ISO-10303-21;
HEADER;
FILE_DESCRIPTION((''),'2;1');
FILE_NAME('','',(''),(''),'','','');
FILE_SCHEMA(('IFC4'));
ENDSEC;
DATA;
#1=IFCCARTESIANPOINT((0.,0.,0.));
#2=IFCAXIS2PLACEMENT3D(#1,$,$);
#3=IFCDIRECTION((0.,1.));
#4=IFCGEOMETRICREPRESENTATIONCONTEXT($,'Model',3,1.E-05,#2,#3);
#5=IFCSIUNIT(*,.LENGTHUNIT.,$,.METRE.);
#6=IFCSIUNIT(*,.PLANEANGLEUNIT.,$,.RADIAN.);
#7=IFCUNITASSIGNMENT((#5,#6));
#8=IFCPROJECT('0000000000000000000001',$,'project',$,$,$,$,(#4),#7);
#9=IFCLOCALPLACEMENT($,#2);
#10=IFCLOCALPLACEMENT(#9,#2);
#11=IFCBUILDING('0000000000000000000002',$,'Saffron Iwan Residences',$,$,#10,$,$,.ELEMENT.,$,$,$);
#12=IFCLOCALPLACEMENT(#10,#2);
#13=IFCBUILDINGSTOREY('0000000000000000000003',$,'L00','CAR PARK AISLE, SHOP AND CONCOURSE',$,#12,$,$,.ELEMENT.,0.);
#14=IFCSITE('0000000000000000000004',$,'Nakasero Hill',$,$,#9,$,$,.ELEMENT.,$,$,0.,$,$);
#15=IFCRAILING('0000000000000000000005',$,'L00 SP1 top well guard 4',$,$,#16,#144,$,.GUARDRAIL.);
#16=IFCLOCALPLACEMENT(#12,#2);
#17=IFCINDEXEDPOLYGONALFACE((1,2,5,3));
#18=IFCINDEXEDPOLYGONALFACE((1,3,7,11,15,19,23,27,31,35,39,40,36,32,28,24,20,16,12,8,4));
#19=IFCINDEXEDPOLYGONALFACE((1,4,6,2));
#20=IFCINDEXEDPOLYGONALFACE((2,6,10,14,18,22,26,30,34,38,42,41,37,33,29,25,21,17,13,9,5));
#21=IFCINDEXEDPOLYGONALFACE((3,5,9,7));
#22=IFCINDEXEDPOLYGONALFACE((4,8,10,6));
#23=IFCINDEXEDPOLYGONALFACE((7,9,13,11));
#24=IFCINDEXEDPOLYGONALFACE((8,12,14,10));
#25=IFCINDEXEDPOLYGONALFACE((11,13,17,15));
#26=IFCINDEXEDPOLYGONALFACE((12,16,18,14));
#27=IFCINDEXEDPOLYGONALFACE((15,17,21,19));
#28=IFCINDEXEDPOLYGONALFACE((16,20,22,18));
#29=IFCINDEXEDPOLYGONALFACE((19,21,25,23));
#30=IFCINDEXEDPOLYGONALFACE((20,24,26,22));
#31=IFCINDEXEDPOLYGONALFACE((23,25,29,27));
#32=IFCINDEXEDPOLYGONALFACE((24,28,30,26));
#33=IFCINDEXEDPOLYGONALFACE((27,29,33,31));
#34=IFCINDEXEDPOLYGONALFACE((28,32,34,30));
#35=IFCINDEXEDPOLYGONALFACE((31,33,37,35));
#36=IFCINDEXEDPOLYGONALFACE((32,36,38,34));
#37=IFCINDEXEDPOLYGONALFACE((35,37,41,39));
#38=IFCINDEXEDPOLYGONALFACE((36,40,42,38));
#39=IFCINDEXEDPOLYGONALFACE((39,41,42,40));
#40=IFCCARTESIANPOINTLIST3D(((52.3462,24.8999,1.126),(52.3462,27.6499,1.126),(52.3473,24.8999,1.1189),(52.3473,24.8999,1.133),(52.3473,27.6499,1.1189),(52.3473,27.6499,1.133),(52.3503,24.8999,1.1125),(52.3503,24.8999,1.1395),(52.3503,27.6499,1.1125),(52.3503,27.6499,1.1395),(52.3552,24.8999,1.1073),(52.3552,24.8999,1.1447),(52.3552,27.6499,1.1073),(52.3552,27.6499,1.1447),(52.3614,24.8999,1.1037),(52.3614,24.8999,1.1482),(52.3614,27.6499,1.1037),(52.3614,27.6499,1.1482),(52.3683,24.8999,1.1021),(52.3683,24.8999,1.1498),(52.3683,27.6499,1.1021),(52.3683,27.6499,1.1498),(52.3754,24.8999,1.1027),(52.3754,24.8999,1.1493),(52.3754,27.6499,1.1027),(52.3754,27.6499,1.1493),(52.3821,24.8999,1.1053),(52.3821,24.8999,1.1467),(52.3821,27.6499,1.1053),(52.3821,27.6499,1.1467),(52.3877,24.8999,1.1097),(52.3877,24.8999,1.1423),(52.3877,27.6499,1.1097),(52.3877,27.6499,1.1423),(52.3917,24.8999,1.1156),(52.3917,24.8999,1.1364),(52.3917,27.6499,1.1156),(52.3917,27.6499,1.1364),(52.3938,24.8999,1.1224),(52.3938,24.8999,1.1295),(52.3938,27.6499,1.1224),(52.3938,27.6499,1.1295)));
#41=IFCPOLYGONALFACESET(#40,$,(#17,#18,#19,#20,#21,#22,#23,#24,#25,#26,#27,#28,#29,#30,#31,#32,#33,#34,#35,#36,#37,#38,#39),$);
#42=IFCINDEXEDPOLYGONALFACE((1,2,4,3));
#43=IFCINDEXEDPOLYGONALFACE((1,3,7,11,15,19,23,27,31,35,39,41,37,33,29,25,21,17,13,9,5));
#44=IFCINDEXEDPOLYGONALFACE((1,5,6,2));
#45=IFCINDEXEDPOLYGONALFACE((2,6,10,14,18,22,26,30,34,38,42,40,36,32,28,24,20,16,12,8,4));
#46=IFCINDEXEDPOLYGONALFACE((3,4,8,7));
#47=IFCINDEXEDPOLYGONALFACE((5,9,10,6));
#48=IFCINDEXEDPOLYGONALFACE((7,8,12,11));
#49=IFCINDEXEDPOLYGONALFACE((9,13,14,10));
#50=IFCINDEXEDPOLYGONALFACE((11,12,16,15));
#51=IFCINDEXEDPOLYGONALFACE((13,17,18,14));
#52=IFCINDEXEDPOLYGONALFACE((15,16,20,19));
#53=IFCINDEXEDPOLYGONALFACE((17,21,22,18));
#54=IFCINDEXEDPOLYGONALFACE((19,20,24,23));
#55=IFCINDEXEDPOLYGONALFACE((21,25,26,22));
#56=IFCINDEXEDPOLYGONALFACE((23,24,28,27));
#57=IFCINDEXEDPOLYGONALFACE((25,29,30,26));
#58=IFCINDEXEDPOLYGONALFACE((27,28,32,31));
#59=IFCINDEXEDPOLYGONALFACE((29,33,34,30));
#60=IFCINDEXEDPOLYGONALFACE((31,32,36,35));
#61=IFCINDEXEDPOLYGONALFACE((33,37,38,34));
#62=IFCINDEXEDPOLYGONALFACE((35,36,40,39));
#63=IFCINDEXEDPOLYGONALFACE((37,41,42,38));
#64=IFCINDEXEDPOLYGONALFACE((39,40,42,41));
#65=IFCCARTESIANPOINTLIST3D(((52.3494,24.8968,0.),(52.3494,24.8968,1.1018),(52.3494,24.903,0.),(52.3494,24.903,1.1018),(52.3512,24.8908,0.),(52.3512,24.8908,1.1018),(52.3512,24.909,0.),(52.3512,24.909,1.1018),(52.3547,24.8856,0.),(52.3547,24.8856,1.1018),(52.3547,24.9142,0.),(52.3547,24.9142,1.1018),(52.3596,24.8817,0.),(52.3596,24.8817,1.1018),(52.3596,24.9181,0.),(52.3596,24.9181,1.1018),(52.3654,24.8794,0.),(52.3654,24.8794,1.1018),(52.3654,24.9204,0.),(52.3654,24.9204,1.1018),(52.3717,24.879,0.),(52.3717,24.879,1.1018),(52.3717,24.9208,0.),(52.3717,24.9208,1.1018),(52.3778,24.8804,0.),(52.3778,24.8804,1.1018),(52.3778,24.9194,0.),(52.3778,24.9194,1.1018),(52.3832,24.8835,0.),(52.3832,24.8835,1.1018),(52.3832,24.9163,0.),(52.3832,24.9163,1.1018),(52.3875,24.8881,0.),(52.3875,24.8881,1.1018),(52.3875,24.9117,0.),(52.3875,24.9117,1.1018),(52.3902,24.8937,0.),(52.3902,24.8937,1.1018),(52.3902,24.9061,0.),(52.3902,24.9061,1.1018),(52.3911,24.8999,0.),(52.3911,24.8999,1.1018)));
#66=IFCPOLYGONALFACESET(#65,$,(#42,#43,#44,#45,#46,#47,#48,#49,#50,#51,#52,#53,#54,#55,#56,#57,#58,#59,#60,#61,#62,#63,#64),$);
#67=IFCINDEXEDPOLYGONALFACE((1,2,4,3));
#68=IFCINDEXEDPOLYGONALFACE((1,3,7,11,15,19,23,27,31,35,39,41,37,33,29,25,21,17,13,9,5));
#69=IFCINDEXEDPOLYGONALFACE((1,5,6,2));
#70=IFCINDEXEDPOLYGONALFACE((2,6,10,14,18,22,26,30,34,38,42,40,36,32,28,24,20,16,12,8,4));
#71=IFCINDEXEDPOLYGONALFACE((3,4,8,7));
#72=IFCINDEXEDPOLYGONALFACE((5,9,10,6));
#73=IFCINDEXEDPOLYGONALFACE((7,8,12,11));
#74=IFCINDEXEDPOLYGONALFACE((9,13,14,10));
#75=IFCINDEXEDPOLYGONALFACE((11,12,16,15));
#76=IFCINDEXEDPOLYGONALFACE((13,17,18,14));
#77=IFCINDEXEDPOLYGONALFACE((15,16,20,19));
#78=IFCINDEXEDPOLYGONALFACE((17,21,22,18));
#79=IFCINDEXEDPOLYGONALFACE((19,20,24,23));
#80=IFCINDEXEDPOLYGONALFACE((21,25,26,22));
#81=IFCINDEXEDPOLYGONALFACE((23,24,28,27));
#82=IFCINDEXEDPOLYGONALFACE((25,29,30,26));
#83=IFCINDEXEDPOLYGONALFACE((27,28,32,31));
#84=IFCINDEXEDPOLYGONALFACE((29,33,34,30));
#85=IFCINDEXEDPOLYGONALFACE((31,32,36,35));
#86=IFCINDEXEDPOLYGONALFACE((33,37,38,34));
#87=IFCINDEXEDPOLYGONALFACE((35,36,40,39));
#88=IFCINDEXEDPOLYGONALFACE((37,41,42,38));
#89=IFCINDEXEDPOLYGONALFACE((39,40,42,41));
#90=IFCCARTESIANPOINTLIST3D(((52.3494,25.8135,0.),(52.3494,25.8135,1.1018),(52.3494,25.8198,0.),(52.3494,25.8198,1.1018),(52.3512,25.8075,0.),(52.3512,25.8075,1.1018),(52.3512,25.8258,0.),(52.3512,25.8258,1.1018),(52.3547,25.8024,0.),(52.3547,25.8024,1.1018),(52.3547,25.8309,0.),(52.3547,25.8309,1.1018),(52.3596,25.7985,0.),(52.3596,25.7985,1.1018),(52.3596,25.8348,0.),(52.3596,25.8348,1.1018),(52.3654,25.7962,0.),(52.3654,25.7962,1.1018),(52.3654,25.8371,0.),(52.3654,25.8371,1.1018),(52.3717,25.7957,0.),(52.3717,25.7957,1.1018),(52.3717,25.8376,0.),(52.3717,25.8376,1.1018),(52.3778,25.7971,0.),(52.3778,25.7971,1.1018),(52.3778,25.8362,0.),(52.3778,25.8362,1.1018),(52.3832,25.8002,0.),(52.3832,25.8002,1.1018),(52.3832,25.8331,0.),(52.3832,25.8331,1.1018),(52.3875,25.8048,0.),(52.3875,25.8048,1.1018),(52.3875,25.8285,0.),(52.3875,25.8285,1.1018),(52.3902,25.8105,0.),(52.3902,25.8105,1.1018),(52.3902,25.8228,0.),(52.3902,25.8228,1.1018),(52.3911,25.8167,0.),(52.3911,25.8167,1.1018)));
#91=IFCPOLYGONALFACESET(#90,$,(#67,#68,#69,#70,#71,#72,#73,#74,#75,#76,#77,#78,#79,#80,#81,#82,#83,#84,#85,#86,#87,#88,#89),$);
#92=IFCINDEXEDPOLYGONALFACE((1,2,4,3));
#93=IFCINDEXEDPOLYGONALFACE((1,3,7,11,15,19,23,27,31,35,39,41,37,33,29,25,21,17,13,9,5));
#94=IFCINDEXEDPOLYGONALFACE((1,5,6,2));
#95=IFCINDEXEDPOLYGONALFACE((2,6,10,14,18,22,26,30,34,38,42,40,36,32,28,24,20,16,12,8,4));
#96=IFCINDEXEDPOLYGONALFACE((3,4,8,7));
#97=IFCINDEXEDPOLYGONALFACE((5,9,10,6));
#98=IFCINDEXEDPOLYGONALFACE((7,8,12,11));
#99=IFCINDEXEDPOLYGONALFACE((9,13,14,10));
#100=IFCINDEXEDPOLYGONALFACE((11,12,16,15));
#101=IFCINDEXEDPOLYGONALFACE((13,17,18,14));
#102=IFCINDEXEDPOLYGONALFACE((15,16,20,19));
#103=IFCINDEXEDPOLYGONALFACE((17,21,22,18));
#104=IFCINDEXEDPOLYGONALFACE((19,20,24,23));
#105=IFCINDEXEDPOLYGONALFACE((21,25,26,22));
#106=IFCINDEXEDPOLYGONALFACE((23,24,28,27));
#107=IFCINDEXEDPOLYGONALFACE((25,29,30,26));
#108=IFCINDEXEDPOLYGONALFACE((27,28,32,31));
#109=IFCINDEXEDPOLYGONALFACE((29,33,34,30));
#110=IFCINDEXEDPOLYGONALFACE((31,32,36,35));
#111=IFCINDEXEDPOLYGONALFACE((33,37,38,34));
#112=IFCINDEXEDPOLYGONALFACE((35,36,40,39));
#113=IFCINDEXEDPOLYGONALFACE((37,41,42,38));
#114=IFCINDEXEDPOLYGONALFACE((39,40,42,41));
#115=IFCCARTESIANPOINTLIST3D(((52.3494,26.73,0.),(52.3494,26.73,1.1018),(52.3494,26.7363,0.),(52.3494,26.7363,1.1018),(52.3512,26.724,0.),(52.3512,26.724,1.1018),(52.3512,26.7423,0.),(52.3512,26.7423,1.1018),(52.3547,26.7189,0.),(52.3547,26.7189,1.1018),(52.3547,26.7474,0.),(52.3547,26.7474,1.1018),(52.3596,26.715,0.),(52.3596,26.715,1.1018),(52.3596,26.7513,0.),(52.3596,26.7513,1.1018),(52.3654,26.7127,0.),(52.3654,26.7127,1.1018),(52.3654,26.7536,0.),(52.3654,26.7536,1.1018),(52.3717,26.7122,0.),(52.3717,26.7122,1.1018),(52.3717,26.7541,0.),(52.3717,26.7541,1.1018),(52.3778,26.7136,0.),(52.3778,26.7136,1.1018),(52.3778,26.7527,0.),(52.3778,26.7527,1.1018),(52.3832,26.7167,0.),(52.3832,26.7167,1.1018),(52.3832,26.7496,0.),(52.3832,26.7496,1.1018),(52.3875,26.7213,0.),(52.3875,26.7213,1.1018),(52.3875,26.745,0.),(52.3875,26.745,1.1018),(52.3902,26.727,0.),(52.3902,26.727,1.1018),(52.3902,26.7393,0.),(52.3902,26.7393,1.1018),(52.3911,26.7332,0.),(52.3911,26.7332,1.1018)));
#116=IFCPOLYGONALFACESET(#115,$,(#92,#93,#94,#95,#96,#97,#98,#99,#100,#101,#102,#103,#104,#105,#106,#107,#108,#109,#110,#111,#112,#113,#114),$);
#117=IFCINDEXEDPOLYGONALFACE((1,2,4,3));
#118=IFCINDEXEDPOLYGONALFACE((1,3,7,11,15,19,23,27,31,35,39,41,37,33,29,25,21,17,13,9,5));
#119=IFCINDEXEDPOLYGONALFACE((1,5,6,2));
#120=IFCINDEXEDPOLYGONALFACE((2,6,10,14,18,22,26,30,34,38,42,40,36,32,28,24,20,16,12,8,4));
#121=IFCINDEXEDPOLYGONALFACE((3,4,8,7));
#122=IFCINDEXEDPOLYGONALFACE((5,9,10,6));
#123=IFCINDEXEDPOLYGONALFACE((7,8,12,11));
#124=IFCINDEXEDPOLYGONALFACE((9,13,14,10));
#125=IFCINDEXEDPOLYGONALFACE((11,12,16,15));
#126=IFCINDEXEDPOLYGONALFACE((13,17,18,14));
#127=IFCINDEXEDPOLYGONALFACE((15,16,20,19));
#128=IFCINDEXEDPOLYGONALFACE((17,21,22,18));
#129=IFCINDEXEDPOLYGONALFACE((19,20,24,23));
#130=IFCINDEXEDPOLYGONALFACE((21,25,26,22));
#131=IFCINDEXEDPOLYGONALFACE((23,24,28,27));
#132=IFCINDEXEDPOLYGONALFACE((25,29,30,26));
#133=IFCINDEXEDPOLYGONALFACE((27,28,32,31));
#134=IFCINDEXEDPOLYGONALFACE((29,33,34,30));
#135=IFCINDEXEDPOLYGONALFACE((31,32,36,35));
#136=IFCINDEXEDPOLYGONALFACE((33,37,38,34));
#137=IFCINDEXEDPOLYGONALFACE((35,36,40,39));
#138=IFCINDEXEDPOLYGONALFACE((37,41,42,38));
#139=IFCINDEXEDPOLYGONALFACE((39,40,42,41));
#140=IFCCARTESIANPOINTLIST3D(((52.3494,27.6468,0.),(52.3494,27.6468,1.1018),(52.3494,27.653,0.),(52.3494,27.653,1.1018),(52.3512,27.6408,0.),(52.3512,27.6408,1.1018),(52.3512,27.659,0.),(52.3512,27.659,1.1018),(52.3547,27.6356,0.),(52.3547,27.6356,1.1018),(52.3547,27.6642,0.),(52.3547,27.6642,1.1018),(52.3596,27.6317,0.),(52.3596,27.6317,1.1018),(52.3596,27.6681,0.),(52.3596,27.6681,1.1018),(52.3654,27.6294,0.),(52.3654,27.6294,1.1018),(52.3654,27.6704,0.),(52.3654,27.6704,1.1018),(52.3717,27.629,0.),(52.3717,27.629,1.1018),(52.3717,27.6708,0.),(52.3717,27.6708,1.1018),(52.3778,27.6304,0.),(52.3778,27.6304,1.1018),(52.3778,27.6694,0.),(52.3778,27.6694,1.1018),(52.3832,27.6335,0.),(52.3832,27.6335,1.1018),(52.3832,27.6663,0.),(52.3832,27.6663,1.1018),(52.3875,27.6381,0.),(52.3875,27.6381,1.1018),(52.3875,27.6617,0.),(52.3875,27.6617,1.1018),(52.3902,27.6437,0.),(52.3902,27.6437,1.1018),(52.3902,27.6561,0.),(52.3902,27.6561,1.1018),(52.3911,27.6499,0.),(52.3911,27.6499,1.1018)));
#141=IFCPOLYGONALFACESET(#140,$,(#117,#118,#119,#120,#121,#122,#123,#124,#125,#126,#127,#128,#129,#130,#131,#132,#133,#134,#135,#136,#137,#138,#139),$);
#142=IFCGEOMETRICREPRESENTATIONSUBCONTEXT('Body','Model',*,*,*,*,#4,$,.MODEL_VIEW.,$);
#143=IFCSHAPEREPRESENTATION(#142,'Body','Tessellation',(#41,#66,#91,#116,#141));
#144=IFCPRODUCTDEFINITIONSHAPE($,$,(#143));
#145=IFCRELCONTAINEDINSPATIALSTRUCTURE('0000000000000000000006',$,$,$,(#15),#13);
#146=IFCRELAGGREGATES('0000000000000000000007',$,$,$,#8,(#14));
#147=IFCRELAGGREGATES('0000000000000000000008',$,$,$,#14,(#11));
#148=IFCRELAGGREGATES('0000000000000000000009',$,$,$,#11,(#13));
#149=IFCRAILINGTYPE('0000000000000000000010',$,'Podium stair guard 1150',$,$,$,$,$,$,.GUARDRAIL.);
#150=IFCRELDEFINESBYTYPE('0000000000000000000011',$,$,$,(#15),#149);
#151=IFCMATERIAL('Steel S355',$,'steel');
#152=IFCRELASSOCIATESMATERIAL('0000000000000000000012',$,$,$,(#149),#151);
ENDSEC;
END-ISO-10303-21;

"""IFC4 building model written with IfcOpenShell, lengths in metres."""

from ifc_helpers import new_model, si_unit, direction, frame, origin, origin_2d, place, context, subcontext, project, spatial, circle, extrude, material, type_object, element, save


model = new_model("IFC4")

# Units and contexts
model_context = context("Model", 3, precision=1e-05, world=origin(), true_north=direction((0.0, 1.0)))
body_context = subcontext(model_context, "Body", "Model", "MODEL_VIEW")
ifc_project = project(units=[si_unit("LENGTHUNIT", "METRE"), si_unit("PLANEANGLEUNIT", "RADIAN")], contexts=[model_context])

# Site, building, storey
site_placement = place(None, origin())
site = spatial("IfcSite", under=ifc_project, at=site_placement, Name="Nakasero Hill", CompositionType="ELEMENT", RefElevation=0.0)
building_placement = place(site_placement, origin())
building = spatial("IfcBuilding", under=site, at=building_placement, Name="Saffron Iwan Residences", CompositionType="ELEMENT")
storey_placement = place(building_placement, origin())
storey = spatial("IfcBuildingStorey", under=building, at=storey_placement, Name="L00", Description="CAR PARK AISLE, SHOP AND CONCOURSE", CompositionType="ELEMENT", Elevation=0.0)

# Railing
ifc_material_1 = material(Name="Steel S355", Category="steel")
railing_type_1 = type_object("IfcRailingType", Name="Podium stair guard 1150", PredefinedType="GUARDRAIL", material=ifc_material_1)
railing_1_placement = place(storey_placement, frame((52.3701, 24.8999, 0.0)))
element("IfcRailing", 1, at=railing_1_placement, inside=storey, type_object=railing_type_1, Name="L00 SP1 top well guard 4", PredefinedType="GUARDRAIL", context=body_context, shape_type="SweptSolid", body=[
    extrude(circle(Radius=0.0239, at=origin_2d()), frame((0.0, 0.0, 1.126), z_axis=(0.0, 1.0, 0.0), x_axis=(-1.0, 0.0, 0.0)), (0.0, 0.0, 1.0), 2.75),
    extrude(circle(Radius=0.021, at=origin_2d()), origin(), (0.0, 0.0, 1.0), 1.1018),
    extrude(circle(Radius=0.021, at=origin_2d()), frame((0.0, 0.9167, 0.0)), (0.0, 0.0, 1.0), 1.1018),
    extrude(circle(Radius=0.021, at=origin_2d()), frame((0.0, 1.8333, 0.0)), (0.0, 0.0, 1.0), 1.1018),
    extrude(circle(Radius=0.021, at=origin_2d()), frame((0.0, 2.75, 0.0)), (0.0, 0.0, 1.0), 1.1018),
])

save(model, "model.ifc")
